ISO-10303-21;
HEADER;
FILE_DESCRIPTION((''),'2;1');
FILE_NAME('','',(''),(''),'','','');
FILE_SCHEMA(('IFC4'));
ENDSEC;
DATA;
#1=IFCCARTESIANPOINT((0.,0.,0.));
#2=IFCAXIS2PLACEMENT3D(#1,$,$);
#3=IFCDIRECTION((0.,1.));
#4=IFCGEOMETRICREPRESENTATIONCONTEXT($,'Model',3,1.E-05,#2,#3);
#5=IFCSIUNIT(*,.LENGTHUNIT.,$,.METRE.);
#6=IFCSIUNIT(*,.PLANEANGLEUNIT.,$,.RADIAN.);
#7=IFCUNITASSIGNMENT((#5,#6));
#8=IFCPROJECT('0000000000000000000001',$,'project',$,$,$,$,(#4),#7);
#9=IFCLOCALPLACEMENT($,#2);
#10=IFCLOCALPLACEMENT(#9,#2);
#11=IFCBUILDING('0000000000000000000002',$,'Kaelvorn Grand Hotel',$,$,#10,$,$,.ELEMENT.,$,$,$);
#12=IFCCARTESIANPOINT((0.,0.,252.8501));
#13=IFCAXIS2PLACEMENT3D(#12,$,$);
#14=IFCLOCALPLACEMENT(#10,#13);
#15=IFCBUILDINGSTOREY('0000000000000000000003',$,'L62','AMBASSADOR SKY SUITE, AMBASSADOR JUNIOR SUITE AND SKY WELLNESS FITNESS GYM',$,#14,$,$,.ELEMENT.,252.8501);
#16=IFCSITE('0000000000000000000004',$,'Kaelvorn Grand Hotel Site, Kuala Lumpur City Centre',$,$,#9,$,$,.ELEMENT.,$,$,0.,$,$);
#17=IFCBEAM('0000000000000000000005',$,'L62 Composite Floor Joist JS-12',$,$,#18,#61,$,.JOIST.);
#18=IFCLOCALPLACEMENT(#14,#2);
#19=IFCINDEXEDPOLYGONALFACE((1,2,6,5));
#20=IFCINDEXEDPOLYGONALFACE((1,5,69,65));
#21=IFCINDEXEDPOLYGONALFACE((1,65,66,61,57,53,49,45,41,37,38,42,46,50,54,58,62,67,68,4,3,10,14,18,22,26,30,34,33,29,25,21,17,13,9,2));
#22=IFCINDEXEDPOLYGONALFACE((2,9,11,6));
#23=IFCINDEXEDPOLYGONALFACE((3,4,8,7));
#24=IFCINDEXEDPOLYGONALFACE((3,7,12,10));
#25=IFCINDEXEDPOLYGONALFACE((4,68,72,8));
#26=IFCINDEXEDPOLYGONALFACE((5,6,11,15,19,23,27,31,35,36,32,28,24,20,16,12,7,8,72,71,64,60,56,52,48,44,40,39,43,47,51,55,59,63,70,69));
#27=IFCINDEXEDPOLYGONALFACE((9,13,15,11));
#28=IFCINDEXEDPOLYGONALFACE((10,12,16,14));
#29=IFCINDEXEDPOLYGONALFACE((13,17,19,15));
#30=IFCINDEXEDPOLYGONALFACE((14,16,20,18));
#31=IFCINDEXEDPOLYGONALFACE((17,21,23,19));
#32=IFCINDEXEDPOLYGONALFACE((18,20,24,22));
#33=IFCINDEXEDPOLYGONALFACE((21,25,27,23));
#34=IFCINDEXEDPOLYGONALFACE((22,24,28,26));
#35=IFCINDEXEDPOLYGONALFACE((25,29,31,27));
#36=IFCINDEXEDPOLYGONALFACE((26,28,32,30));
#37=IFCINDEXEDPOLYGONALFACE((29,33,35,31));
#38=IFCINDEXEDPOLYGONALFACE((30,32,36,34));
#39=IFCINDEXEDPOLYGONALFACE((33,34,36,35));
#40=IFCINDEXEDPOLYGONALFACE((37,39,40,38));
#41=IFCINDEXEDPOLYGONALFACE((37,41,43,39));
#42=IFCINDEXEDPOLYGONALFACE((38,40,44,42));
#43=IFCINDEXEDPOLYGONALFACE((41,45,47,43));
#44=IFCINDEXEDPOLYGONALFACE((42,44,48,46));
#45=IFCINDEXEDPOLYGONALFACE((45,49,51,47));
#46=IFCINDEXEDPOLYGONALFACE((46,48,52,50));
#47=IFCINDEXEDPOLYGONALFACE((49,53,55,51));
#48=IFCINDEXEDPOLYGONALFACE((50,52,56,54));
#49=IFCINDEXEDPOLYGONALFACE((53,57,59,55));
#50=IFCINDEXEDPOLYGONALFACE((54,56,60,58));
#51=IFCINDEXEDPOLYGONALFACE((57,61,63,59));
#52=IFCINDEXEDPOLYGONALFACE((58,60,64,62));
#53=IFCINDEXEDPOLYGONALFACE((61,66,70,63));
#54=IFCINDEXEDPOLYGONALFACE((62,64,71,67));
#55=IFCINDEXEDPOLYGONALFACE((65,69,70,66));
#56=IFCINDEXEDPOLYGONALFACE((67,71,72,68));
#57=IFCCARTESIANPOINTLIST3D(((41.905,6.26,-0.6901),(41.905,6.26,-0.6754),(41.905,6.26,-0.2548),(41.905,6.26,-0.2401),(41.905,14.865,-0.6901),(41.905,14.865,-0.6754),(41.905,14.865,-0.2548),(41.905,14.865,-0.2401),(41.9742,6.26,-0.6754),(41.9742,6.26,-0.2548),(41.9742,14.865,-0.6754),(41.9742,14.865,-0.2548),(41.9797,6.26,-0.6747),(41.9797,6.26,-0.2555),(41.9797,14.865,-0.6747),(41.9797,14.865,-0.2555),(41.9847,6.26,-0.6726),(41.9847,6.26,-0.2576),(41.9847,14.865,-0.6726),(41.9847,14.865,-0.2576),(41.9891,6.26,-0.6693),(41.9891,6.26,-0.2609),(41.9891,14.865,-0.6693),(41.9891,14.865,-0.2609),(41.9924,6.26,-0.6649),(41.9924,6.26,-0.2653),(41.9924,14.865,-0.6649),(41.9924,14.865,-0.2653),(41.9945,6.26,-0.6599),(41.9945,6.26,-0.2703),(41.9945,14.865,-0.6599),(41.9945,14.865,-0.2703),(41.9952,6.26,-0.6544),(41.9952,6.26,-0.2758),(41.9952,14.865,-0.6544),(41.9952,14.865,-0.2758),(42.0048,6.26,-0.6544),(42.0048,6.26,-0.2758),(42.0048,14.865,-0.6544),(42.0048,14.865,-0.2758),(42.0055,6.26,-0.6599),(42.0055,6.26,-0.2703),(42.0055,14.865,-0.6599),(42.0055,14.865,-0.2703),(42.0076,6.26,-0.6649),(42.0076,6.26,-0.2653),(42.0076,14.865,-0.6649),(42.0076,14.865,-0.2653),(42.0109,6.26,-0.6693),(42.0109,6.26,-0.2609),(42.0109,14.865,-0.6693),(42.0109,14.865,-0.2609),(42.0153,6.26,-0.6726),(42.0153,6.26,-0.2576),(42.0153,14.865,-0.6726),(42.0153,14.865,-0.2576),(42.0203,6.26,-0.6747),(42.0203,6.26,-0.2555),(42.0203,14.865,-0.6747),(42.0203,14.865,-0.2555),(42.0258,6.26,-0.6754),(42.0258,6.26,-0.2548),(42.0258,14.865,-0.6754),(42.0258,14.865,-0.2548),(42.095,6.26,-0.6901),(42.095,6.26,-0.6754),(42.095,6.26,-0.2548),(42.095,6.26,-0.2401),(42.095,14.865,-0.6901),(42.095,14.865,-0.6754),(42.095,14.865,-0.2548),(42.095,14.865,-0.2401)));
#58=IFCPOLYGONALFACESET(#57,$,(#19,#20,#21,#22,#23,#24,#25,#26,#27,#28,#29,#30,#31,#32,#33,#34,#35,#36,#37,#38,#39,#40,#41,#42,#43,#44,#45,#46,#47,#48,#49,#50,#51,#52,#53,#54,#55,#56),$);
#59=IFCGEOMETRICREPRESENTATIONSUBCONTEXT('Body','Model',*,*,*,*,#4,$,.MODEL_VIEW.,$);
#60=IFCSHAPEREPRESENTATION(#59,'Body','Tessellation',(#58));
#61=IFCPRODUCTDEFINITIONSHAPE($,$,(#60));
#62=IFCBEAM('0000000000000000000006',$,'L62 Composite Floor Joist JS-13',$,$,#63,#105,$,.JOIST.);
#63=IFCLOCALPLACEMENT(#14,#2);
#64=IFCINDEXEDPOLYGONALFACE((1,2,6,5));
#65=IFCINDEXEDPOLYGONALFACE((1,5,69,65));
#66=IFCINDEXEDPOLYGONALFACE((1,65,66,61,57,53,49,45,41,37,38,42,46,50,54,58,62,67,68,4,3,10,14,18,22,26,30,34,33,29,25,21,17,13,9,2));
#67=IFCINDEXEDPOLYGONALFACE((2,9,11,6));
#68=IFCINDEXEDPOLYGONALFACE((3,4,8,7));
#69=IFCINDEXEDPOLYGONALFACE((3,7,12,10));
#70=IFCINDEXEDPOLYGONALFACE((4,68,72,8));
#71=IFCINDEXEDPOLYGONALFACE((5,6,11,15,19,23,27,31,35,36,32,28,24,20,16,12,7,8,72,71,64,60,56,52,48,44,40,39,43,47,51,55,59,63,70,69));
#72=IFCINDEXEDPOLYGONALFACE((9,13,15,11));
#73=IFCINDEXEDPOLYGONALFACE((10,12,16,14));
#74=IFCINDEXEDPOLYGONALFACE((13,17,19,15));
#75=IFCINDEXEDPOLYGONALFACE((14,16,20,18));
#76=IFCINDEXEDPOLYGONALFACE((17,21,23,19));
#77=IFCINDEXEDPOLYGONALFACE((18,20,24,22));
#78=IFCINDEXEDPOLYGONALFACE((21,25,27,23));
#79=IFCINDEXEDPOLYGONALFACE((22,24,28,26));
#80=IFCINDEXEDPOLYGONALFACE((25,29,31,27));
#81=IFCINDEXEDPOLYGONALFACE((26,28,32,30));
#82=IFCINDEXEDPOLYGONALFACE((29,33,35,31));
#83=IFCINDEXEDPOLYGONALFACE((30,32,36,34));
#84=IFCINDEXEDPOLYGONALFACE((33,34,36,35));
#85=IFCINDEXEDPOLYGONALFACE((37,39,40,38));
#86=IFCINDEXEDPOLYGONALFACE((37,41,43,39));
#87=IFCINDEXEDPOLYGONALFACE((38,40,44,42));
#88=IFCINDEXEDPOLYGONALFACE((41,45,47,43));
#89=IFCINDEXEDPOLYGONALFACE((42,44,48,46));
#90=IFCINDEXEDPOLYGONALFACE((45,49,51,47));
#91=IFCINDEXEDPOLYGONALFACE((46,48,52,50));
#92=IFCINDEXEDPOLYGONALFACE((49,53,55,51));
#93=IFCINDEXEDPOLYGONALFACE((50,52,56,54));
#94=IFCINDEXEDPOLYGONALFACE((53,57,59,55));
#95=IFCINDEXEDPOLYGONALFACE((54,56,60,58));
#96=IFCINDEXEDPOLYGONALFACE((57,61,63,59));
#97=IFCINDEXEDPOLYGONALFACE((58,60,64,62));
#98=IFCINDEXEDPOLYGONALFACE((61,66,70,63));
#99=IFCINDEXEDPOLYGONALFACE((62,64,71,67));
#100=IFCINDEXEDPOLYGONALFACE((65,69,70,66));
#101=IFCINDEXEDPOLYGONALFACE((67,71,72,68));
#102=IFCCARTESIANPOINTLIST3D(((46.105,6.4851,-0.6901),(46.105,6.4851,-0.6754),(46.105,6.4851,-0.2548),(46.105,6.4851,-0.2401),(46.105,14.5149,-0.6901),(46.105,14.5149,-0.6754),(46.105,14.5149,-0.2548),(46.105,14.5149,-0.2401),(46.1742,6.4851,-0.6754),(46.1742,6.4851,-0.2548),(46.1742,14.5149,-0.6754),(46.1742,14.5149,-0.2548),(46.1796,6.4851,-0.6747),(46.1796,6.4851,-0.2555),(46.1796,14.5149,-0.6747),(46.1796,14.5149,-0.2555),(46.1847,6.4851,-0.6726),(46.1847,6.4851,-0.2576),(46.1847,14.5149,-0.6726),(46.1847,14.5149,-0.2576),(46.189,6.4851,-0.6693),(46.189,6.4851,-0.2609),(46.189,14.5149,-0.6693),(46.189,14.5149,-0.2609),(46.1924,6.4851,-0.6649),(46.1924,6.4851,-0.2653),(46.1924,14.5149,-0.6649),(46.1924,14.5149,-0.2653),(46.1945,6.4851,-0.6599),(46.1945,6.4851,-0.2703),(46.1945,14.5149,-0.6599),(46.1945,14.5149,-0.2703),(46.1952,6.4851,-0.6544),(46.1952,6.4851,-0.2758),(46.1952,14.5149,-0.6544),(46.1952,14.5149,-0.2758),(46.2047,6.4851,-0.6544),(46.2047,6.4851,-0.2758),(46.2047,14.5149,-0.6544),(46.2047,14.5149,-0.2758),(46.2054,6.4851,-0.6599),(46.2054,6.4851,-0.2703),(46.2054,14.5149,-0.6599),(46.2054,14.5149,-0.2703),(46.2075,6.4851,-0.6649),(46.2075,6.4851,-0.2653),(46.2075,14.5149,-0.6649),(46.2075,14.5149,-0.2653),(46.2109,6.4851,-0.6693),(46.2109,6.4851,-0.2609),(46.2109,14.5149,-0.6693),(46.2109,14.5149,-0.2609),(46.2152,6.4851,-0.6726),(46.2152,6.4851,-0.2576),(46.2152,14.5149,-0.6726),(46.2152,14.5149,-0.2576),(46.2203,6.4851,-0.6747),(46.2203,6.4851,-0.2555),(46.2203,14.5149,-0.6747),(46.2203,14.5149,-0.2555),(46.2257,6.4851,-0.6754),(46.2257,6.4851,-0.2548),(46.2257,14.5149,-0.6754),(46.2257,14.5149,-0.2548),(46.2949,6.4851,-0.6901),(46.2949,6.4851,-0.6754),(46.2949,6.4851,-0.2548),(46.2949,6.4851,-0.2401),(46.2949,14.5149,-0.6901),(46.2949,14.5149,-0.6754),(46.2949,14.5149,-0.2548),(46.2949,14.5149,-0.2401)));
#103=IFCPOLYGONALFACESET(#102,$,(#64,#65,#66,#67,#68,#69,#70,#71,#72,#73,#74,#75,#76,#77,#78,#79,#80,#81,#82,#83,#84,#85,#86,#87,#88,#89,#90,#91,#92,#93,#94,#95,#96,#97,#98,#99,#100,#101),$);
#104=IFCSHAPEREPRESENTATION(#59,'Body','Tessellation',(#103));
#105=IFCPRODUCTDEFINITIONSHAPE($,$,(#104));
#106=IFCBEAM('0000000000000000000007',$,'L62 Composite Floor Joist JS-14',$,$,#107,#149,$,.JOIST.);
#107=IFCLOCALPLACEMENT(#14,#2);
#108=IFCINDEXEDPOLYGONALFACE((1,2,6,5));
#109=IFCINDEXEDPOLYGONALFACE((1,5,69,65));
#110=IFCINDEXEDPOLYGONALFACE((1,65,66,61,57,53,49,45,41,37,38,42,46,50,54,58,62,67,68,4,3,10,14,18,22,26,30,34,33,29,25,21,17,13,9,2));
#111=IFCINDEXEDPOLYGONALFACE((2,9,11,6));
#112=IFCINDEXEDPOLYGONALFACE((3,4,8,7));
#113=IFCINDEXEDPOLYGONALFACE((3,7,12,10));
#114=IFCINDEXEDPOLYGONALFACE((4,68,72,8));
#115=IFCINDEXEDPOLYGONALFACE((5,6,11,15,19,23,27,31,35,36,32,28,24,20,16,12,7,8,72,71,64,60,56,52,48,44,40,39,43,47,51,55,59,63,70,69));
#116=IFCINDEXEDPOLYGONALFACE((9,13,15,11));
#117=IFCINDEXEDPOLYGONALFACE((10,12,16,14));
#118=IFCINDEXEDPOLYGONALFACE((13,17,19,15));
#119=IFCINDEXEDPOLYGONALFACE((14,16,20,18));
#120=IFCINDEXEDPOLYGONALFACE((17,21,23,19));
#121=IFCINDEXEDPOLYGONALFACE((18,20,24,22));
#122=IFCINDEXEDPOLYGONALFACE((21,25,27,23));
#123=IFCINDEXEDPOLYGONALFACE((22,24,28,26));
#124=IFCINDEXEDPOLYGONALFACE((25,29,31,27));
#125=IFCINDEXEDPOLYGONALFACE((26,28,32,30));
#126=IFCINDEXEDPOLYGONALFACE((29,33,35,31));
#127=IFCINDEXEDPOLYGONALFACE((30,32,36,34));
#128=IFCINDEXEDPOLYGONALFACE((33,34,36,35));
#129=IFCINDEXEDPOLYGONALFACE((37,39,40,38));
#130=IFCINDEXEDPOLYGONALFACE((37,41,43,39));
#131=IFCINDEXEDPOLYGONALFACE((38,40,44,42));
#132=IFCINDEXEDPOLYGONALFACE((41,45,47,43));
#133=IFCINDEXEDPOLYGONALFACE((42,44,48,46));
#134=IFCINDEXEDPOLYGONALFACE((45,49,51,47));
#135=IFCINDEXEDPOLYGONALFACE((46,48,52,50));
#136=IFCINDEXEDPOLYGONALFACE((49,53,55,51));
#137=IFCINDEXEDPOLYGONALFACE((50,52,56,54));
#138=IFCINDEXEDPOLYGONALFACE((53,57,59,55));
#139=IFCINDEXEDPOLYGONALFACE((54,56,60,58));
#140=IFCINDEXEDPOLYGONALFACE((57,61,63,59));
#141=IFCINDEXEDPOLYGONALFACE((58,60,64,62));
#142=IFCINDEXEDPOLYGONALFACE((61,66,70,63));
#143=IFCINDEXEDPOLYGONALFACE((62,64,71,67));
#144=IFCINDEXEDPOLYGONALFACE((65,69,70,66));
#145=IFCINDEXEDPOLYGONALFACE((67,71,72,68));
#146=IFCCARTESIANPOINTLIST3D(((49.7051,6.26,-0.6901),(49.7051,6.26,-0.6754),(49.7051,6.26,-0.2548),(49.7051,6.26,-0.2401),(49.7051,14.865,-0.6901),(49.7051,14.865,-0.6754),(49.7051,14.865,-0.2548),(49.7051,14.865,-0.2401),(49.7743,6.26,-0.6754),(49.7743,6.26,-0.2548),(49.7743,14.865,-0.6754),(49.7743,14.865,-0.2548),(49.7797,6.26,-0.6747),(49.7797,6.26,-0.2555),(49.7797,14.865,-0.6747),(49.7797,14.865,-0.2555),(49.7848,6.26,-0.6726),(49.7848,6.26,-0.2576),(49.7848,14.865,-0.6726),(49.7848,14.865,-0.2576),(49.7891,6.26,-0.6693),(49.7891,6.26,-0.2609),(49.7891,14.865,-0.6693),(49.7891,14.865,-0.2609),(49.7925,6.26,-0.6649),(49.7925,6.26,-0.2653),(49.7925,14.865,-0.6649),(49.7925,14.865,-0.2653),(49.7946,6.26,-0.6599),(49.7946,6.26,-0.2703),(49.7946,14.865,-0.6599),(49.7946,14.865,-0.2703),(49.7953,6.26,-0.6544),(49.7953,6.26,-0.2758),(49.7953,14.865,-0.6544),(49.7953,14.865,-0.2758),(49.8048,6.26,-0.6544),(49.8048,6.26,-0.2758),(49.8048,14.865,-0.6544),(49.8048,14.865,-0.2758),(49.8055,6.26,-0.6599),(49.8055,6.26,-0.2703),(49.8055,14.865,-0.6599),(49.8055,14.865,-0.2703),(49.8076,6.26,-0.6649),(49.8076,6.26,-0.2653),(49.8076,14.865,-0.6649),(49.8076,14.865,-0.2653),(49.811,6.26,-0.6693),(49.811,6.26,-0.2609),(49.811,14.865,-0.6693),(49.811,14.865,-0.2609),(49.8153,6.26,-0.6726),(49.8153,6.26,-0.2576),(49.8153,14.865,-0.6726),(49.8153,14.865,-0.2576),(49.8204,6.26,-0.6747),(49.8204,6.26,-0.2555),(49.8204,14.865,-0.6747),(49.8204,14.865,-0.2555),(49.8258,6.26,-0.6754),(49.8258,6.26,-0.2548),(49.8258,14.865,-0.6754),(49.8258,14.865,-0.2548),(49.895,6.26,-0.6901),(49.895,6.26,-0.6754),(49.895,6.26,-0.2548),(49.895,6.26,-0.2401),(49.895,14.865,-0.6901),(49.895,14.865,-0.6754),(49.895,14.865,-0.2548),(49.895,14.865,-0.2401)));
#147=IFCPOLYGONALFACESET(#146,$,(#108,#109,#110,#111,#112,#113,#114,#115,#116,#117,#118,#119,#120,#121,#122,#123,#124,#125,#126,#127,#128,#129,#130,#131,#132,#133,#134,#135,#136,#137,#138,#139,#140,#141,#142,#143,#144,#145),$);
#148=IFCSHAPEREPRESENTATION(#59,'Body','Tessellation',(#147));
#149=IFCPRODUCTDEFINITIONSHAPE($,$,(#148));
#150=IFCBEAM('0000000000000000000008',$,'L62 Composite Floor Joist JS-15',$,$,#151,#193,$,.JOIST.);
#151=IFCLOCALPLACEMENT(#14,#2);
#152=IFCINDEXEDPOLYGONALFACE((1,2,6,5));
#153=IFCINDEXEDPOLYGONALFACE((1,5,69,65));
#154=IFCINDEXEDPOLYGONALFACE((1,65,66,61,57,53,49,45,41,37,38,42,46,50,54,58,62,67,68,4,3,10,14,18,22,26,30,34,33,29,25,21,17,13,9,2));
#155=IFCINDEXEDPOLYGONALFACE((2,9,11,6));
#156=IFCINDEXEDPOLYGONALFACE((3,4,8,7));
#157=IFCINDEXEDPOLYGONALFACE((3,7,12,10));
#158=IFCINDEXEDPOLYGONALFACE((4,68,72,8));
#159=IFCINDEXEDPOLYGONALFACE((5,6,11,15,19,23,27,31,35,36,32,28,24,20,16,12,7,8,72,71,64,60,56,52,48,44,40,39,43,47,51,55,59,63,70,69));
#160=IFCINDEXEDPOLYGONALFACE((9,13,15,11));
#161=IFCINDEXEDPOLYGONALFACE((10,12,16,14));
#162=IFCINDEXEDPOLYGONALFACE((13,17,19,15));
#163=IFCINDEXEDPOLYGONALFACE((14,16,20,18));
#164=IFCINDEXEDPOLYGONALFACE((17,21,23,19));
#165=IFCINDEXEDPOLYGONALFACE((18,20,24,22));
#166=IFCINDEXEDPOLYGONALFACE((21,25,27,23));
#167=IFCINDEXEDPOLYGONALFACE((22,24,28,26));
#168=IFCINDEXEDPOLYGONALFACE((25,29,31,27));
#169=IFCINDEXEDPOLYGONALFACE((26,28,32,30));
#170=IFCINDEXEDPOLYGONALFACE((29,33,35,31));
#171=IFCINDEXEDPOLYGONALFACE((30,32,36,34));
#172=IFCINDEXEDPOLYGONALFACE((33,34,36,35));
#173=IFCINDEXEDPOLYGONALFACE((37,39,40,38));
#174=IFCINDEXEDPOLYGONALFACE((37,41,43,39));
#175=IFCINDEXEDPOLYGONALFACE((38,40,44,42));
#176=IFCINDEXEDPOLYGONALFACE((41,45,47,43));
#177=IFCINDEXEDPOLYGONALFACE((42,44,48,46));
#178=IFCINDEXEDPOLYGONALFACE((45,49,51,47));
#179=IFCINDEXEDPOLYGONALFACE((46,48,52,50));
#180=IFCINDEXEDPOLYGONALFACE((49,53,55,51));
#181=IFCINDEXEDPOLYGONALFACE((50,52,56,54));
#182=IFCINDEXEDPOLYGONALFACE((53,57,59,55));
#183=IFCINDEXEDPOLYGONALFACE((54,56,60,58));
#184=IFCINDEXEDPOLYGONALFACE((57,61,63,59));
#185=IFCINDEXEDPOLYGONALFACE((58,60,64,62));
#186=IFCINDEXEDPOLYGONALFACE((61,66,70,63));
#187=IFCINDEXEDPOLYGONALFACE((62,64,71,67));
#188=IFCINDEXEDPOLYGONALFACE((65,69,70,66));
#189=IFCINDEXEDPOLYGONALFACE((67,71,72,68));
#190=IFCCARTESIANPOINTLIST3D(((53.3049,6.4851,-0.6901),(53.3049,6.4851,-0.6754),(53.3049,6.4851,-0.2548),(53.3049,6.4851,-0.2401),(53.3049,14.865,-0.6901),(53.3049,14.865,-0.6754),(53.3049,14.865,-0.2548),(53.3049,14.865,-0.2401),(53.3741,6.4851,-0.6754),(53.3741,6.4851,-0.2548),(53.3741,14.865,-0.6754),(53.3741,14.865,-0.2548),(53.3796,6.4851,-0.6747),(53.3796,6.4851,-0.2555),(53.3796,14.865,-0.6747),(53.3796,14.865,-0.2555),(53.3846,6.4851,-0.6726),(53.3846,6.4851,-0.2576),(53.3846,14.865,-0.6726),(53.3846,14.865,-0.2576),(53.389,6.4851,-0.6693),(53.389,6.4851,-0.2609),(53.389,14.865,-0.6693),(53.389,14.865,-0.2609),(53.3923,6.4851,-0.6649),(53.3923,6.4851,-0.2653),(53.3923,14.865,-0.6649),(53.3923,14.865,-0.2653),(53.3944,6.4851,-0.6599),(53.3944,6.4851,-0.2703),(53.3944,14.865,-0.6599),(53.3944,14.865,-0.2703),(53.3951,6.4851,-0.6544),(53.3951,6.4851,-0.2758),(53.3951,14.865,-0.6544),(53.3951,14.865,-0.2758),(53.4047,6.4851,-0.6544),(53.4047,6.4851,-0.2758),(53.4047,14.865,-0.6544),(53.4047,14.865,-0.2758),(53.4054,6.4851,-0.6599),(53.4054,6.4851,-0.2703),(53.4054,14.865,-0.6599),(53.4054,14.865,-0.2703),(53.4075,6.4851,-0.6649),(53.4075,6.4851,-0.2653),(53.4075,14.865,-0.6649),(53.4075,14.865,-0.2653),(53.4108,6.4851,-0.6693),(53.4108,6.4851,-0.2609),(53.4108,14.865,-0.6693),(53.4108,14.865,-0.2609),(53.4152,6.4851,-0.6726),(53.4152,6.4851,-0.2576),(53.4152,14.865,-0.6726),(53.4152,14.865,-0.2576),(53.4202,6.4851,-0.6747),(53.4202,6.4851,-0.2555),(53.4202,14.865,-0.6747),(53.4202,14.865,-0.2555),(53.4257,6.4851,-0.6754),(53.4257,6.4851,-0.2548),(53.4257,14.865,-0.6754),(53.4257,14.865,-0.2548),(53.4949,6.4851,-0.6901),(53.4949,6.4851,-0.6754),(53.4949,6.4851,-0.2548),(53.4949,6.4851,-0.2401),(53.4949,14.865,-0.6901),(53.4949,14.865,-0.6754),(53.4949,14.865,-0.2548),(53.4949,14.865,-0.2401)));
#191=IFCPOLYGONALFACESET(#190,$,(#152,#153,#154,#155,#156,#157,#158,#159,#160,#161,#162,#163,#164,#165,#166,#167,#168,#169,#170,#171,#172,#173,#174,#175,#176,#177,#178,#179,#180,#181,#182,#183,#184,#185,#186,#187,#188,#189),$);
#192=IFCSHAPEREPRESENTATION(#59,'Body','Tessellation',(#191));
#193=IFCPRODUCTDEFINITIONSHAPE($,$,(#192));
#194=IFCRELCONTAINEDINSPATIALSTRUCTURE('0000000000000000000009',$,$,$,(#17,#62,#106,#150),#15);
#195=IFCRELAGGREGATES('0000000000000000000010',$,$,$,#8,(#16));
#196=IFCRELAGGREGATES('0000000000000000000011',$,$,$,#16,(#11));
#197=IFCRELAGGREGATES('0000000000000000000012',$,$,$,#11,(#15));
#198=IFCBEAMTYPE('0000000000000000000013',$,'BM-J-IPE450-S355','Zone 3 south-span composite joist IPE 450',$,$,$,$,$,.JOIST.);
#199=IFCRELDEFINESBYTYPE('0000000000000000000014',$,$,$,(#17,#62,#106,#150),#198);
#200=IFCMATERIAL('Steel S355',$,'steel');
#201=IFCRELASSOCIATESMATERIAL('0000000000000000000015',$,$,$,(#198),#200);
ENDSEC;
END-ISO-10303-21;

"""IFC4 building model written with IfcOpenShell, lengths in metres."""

from ifc_helpers import new_model, si_unit, direction, frame, origin, origin_2d, place, context, subcontext, project, spatial, i_section, extrude, material, material_profile, profile_set, type_object, element, save


model = new_model("IFC4")

# Units and contexts
model_context = context("Model", 3, precision=1e-05, world=origin(), true_north=direction((0.0, 1.0)))
body_context = subcontext(model_context, "Body", "Model", "MODEL_VIEW")
ifc_project = project(units=[si_unit("LENGTHUNIT", "METRE"), si_unit("PLANEANGLEUNIT", "RADIAN")], contexts=[model_context])

# Site, building, storey
site_placement = place(None, origin())
site = spatial("IfcSite", under=ifc_project, at=site_placement, Name="Kaelvorn Grand Hotel Site, Kuala Lumpur City Centre", CompositionType="ELEMENT", RefElevation=0.0)
building_placement = place(site_placement, origin())
building = spatial("IfcBuilding", under=site, at=building_placement, Name="Kaelvorn Grand Hotel", CompositionType="ELEMENT")
storey_placement = place(building_placement, frame((0.0, 0.0, 252.8501)))
storey = spatial("IfcBuildingStorey", under=building, at=storey_placement, Name="L62", Description="AMBASSADOR SKY SUITE, AMBASSADOR JUNIOR SUITE AND SKY WELLNESS FITNESS GYM", CompositionType="ELEMENT", Elevation=252.8501)

# Beams
ifc_material_1 = material(Name="Steel S355", Category="steel")
ifc_material_profile_1 = material_profile(ifc_material_1, i_section(OverallWidth=0.1899, OverallDepth=0.45, WebThickness=0.0095, FlangeThickness=0.0146, FilletRadius=0.021, at=origin_2d()), Name="IPE 450")
ifc_profile_set_1 = profile_set([ifc_material_profile_1], Name="Steel S355")
beam_type_1 = type_object("IfcBeamType", Name="BM-J-IPE450-S355", Description="Zone 3 south-span composite joist IPE 450", PredefinedType="JOIST", material=ifc_profile_set_1)
beam_1_placement = place(storey_placement, frame((42.0, 6.26, -0.4651), z_axis=(0.0, 1.0, 0.0), x_axis=(-1.0, 0.0, 0.0)))
element("IfcBeam", 1, at=beam_1_placement, inside=storey, type_object=beam_type_1, Name="L62 Composite Floor Joist JS-12", PredefinedType="JOIST", context=body_context, shape_type="SweptSolid", body=[
    extrude(i_section(OverallWidth=0.1899, OverallDepth=0.45, WebThickness=0.0095, FlangeThickness=0.0146, FilletRadius=0.021, at=origin_2d()), origin(), (0.0, 0.0, 1.0), 8.605),
])
beam_2_placement = place(storey_placement, frame((46.2, 6.4851, -0.4651), z_axis=(0.0, 1.0, 0.0), x_axis=(-1.0, 0.0, 0.0)))
element("IfcBeam", 2, at=beam_2_placement, inside=storey, type_object=beam_type_1, Name="L62 Composite Floor Joist JS-13", PredefinedType="JOIST", context=body_context, shape_type="SweptSolid", body=[
    extrude(i_section(OverallWidth=0.1899, OverallDepth=0.45, WebThickness=0.0095, FlangeThickness=0.0146, FilletRadius=0.021, at=origin_2d()), origin(), (0.0, 0.0, 1.0), 8.0298),
])
beam_3_placement = place(storey_placement, frame((49.8, 6.26, -0.4651), z_axis=(0.0, 1.0, 0.0), x_axis=(-1.0, 0.0, 0.0)))
element("IfcBeam", 3, at=beam_3_placement, inside=storey, type_object=beam_type_1, Name="L62 Composite Floor Joist JS-14", PredefinedType="JOIST", context=body_context, shape_type="SweptSolid", body=[
    extrude(i_section(OverallWidth=0.1899, OverallDepth=0.45, WebThickness=0.0095, FlangeThickness=0.0146, FilletRadius=0.021, at=origin_2d()), origin(), (0.0, 0.0, 1.0), 8.605),
])
beam_4_placement = place(storey_placement, frame((53.3999, 6.4851, -0.4651), z_axis=(0.0, 1.0, 0.0), x_axis=(-1.0, 0.0, 0.0)))
element("IfcBeam", 4, at=beam_4_placement, inside=storey, type_object=beam_type_1, Name="L62 Composite Floor Joist JS-15", PredefinedType="JOIST", context=body_context, shape_type="SweptSolid", body=[
    extrude(i_section(OverallWidth=0.1899, OverallDepth=0.45, WebThickness=0.0095, FlangeThickness=0.0146, FilletRadius=0.021, at=origin_2d()), origin(), (0.0, 0.0, 1.0), 8.3799),
])

save(model, "model.ifc")
